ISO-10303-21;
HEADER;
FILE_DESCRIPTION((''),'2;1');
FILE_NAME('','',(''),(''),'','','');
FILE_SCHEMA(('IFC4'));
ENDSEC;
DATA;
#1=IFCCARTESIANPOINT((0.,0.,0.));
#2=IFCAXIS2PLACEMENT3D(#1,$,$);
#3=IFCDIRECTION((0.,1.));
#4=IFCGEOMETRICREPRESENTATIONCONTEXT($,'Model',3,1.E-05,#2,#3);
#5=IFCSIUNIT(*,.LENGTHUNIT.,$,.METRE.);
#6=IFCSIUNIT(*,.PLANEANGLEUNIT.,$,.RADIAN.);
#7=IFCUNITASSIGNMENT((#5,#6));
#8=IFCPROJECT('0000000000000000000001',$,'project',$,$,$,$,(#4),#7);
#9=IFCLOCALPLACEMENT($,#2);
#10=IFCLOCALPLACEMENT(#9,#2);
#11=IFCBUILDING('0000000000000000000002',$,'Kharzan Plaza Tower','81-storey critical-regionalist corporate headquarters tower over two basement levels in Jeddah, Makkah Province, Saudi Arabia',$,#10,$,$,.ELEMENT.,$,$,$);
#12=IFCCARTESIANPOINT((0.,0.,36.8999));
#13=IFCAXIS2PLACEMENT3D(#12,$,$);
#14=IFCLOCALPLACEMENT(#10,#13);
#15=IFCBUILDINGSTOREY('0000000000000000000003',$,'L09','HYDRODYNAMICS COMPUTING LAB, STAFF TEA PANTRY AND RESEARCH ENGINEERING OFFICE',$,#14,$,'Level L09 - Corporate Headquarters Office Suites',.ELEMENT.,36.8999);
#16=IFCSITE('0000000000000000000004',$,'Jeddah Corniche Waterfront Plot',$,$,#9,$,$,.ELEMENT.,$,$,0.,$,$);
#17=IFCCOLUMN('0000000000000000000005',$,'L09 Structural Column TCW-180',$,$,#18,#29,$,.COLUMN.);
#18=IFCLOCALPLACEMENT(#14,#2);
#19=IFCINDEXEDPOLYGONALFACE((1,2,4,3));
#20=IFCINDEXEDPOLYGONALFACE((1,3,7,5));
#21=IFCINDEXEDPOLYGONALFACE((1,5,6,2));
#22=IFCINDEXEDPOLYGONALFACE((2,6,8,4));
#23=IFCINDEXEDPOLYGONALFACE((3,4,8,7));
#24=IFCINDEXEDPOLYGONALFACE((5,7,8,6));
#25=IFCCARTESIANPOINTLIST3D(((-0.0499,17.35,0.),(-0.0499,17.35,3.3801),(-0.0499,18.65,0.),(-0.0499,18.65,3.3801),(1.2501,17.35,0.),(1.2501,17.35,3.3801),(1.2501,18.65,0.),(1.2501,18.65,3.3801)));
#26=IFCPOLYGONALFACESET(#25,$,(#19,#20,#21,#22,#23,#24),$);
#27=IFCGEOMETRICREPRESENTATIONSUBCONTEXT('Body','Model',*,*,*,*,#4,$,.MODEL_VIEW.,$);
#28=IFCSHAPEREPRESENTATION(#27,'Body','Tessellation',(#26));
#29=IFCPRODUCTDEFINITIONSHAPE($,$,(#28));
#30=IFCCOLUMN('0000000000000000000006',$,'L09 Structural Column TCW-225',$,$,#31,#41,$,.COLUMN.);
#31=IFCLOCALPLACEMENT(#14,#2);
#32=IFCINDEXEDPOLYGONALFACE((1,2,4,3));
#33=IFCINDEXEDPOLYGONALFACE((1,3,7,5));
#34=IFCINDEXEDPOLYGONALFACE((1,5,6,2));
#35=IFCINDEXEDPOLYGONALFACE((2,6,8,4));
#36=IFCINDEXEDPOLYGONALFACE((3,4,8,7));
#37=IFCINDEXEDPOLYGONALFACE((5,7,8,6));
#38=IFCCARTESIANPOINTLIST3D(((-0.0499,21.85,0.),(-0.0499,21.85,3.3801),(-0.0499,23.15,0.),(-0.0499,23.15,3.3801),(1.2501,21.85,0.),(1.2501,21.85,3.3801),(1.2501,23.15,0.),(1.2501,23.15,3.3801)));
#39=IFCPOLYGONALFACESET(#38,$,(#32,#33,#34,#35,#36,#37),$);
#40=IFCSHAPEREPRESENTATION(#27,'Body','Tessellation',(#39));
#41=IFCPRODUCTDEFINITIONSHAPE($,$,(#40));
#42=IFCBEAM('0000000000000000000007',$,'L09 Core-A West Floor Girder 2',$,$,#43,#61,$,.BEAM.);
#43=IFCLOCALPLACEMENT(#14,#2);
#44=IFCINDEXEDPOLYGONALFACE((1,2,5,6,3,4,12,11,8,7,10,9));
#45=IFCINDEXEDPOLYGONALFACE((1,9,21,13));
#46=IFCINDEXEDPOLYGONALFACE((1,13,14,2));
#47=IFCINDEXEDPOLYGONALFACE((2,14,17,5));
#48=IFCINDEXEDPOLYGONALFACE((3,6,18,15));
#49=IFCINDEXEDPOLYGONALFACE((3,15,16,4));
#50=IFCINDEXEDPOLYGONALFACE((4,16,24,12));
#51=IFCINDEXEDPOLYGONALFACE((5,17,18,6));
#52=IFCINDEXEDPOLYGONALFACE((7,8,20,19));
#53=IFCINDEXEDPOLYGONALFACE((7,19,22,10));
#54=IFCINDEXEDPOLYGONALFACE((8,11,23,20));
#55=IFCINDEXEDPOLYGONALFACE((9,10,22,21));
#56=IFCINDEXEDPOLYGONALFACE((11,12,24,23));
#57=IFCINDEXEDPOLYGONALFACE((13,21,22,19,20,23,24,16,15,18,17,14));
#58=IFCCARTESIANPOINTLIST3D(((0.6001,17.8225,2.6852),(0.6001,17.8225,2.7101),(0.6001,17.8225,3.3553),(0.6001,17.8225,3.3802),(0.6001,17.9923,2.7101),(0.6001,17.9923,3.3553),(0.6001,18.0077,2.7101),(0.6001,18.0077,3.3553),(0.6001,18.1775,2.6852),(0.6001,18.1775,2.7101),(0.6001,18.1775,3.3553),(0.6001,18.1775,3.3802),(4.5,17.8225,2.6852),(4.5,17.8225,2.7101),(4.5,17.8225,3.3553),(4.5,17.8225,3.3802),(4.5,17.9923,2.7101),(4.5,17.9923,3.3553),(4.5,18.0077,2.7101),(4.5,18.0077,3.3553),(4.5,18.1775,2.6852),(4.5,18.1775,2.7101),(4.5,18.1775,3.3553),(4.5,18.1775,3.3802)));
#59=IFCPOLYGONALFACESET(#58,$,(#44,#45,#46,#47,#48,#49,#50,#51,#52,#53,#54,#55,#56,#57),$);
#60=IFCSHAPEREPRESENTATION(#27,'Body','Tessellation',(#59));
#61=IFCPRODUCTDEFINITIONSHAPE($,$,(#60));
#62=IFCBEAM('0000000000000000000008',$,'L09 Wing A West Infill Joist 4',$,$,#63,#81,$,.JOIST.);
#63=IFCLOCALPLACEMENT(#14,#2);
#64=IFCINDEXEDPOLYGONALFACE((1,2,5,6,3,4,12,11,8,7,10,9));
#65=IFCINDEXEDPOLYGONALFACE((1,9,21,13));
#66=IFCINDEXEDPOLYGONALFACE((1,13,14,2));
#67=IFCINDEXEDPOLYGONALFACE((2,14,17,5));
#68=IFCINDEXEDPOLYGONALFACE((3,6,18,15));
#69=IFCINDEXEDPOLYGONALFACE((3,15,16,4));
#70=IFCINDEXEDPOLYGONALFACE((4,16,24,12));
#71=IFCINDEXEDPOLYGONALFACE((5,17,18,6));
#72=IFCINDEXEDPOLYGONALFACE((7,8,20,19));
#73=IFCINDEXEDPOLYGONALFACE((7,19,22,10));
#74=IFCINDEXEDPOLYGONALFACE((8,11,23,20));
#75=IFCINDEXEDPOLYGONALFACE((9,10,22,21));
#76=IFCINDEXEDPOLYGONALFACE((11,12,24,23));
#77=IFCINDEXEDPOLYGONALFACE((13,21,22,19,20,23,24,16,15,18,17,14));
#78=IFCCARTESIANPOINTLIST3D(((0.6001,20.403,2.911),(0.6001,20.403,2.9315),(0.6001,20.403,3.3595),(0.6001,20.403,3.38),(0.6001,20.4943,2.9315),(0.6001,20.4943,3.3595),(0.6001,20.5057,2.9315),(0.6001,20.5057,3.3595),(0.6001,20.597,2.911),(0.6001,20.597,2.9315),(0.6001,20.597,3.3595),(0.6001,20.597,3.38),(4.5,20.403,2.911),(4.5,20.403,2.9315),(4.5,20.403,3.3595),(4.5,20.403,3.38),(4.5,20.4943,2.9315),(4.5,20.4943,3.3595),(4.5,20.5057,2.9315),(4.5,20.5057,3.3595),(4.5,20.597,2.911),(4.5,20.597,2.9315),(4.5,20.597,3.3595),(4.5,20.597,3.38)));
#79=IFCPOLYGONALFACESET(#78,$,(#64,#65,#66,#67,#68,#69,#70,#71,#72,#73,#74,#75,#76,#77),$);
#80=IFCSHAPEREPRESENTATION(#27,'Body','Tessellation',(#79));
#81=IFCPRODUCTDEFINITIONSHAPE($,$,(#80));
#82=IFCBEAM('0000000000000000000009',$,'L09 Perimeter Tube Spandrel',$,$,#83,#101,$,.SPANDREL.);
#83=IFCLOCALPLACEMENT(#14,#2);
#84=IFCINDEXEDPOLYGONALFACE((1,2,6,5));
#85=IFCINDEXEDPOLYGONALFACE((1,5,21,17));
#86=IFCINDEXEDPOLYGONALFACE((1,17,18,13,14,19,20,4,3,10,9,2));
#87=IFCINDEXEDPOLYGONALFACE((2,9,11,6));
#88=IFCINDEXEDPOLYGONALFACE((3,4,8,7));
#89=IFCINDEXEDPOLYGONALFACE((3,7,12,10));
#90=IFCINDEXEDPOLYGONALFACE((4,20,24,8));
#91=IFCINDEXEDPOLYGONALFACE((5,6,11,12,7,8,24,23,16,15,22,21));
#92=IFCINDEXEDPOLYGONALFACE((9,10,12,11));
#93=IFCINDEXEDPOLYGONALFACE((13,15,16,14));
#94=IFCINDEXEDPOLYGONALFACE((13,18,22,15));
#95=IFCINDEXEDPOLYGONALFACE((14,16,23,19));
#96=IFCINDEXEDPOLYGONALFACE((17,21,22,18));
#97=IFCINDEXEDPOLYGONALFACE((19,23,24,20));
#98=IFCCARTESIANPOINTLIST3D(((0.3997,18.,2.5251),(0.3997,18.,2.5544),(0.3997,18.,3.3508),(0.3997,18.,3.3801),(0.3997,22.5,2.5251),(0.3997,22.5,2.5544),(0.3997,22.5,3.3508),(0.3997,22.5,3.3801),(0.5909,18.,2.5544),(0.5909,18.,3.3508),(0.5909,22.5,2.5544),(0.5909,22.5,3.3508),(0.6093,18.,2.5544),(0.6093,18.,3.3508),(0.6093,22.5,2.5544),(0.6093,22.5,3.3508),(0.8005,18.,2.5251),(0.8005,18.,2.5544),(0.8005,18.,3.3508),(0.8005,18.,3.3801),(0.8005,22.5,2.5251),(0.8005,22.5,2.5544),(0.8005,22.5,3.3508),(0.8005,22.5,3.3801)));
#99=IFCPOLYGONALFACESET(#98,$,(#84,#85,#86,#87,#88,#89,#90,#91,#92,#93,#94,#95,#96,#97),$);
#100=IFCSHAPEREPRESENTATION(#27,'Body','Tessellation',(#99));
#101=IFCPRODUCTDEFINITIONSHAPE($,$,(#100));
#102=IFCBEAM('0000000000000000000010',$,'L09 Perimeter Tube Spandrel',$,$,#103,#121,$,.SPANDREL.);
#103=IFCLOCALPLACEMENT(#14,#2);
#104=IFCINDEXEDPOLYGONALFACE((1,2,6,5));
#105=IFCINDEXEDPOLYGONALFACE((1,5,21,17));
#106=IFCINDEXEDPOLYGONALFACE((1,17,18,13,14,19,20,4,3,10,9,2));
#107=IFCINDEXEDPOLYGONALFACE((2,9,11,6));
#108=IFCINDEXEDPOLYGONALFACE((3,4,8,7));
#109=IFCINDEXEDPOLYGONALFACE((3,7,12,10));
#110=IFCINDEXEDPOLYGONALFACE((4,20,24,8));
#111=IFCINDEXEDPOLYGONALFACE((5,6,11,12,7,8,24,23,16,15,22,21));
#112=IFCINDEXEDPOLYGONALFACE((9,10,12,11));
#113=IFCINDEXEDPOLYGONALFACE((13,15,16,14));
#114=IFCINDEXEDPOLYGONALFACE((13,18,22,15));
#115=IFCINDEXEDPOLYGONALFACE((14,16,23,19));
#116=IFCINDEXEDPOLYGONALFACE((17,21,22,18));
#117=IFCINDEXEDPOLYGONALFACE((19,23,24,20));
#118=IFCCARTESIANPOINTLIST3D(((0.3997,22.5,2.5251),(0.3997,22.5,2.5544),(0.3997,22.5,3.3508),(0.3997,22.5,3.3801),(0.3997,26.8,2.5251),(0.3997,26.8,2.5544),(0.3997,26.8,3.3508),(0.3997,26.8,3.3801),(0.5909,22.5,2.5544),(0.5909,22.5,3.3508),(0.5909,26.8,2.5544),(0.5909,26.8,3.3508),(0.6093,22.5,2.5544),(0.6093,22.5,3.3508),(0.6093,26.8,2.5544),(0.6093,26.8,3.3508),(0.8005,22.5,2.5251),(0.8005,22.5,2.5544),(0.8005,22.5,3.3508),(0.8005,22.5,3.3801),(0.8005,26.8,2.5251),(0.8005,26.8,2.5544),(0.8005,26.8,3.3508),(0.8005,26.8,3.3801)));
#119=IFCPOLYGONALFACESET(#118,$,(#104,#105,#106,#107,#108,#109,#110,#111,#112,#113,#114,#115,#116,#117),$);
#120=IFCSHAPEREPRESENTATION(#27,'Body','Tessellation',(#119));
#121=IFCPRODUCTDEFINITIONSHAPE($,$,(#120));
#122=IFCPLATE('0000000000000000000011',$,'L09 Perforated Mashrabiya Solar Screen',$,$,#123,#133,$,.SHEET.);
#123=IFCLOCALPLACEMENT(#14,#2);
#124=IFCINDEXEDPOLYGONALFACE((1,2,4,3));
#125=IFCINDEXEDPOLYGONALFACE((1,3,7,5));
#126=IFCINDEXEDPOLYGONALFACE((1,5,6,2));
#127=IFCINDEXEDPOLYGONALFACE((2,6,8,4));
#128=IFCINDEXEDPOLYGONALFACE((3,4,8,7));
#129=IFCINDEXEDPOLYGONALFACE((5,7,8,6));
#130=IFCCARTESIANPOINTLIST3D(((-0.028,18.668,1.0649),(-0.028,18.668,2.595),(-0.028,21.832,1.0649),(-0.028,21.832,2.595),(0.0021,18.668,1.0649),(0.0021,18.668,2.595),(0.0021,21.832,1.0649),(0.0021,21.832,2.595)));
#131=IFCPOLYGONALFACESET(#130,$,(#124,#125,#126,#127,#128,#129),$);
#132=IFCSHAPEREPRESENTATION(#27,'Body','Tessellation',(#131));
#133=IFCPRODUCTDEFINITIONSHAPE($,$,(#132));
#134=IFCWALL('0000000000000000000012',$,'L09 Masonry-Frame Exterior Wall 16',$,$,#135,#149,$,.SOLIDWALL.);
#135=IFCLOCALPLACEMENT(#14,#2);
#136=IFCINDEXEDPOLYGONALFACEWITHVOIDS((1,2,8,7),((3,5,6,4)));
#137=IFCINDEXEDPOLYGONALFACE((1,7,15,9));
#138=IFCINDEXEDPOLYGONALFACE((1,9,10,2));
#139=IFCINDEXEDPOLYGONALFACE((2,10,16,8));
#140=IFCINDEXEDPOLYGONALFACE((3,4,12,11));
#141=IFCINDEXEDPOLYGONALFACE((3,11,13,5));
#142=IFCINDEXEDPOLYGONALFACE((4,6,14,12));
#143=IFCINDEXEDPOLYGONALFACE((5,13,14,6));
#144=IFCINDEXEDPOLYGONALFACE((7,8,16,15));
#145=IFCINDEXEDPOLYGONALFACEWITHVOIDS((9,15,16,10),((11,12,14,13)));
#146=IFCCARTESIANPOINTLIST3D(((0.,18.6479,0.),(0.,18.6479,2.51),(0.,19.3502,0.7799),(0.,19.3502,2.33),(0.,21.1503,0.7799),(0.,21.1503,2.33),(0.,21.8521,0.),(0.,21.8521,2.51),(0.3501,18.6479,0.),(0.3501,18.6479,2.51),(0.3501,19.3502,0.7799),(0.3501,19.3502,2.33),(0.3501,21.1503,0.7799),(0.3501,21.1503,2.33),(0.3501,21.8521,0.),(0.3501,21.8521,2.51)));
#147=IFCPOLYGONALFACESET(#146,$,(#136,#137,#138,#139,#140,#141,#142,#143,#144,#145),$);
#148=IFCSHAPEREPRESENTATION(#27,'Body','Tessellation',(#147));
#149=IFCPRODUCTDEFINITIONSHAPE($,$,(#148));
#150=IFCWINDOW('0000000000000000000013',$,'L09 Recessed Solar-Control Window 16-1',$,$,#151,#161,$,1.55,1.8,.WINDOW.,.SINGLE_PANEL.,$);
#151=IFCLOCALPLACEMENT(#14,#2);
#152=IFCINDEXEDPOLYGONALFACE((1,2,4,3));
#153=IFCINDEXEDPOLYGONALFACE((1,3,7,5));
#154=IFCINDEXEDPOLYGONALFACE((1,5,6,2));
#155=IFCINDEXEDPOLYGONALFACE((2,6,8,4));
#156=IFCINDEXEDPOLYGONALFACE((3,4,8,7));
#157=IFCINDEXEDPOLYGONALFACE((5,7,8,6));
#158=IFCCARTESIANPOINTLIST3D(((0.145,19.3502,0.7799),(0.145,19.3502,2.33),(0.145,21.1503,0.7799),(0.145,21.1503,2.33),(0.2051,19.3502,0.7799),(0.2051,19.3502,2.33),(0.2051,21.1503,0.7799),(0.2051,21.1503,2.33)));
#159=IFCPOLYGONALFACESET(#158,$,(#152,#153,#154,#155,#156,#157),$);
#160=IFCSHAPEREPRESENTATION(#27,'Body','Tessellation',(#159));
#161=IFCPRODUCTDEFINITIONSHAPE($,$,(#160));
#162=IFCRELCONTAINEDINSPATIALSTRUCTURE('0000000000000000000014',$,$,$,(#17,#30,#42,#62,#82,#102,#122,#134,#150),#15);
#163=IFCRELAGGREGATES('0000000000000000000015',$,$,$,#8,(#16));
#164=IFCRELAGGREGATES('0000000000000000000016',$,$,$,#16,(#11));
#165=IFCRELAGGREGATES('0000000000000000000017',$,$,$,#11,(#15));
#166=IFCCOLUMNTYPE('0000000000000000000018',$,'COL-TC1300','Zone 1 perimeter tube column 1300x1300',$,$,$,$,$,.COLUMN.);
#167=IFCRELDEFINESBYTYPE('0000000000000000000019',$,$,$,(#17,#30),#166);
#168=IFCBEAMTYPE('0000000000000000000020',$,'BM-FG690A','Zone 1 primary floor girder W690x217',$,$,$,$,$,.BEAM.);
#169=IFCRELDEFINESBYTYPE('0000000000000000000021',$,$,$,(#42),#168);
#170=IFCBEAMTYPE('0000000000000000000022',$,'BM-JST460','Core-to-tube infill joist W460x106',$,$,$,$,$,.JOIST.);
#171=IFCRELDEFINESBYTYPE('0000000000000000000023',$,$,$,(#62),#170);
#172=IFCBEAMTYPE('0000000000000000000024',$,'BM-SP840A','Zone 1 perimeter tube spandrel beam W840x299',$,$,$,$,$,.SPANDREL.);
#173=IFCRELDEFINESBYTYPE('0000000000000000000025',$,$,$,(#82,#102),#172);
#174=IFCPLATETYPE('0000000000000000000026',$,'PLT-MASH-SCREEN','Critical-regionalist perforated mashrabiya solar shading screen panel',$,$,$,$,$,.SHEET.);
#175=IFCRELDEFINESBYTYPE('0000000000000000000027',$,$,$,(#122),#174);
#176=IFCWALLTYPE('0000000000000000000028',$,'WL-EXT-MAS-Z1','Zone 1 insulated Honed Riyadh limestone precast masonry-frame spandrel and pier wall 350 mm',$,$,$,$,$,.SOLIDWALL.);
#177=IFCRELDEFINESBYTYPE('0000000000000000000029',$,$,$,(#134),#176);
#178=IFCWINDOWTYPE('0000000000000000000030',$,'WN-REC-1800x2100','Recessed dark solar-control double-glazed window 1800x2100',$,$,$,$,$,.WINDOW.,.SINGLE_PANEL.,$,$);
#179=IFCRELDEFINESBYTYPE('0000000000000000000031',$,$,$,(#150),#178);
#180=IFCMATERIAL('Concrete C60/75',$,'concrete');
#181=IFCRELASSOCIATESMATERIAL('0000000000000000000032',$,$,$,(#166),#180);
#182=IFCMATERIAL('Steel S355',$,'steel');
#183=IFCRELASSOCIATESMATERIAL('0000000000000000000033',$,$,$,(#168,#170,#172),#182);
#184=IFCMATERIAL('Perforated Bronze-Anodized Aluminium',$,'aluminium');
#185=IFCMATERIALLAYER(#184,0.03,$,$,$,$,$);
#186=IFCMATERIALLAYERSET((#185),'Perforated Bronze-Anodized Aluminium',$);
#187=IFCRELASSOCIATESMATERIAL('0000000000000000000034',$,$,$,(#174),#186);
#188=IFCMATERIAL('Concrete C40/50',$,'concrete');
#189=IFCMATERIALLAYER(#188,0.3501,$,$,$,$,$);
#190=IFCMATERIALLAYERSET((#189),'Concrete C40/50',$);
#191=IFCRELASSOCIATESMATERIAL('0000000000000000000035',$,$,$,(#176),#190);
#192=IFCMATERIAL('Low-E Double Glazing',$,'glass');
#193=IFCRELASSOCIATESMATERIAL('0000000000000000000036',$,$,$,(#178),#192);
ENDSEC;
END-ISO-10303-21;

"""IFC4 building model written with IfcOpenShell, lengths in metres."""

from ifc_helpers import new_model, si_unit, direction, frame, frame_2d, origin, origin_2d, place, context, subcontext, project, spatial, rectangle, i_section, extrude, source, transform, mapped, material, layer, layer_set, material_profile, profile_set, type_object, element, fill, save


model = new_model("IFC4")

# Units and contexts
model_context = context("Model", 3, precision=1e-05, world=origin(), true_north=direction((0.0, 1.0)))
body_context = subcontext(model_context, "Body", "Model", "MODEL_VIEW")
ifc_project = project(units=[si_unit("LENGTHUNIT", "METRE"), si_unit("PLANEANGLEUNIT", "RADIAN")], contexts=[model_context])

# Site, building, storey
site_placement = place(None, origin())
site = spatial("IfcSite", under=ifc_project, at=site_placement, Name="Jeddah Corniche Waterfront Plot", CompositionType="ELEMENT", RefElevation=0.0)
building_placement = place(site_placement, origin())
building = spatial("IfcBuilding", under=site, at=building_placement, Name="Kharzan Plaza Tower", Description="81-storey critical-regionalist corporate headquarters tower over two basement levels in Jeddah, Makkah Province, Saudi Arabia", CompositionType="ELEMENT")
storey_placement = place(building_placement, frame((0.0, 0.0, 36.8999)))
storey = spatial("IfcBuildingStorey", under=building, at=storey_placement, Name="L09", Description="HYDRODYNAMICS COMPUTING LAB, STAFF TEA PANTRY AND RESEARCH ENGINEERING OFFICE", LongName="Level L09 - Corporate Headquarters Office Suites", CompositionType="ELEMENT", Elevation=36.8999)

# Columns
ifc_material_1 = material(Name="Concrete C60/75", Category="concrete")
ifc_material_profile_1 = material_profile(ifc_material_1, rectangle(XDim=1.3, YDim=1.3, at=origin_2d()), Name="RC-TC1300x1300")
ifc_profile_set_1 = profile_set([ifc_material_profile_1], Name="Concrete C60/75")
column_type = type_object("IfcColumnType", Name="COL-TC1300", Description="Zone 1 perimeter tube column 1300x1300", PredefinedType="COLUMN", material=ifc_profile_set_1)
shared_shape_1 = source(origin(), body_context, "Body", "SweptSolid", [
    extrude(rectangle(XDim=1.3, YDim=1.3, at=origin_2d()), origin(), (0.0, 0.0, 1.0), 3.3801),
])
for number, where, z_axis, x_axis, name in (
    (1, (0.6001, 18.0, 0.0), (0.0, 0.0, 1.0), (1.0, 0.0, 0.0), "L09 Structural Column TCW-180"),
    (2, (0.6001, 22.5, 0.0), (0.0, 0.0, 1.0), (1.0, 0.0, 0.0), "L09 Structural Column TCW-225"),
):
    element("IfcColumn", number, at=place(storey_placement, frame(where, z_axis=z_axis, x_axis=x_axis)), inside=storey, type_object=column_type, Name=name, PredefinedType="COLUMN", context=body_context, shape_type="MappedRepresentation", body=[
        mapped(shared_shape_1, transform((0.0, 0.0, 0.0), x_axis=(1.0, 0.0, 0.0), y_axis=(0.0, 1.0, 0.0), z_axis=(0.0, 0.0, 1.0))),
    ])

# Beams
ifc_material_2 = material(Name="Steel S355", Category="steel")
ifc_material_profile_2 = material_profile(ifc_material_2, i_section(OverallWidth=0.355, OverallDepth=0.6951, WebThickness=0.0154, FlangeThickness=0.0249, at=origin_2d()), Name="W690x217")
ifc_profile_set_2 = profile_set([ifc_material_profile_2], Name="Steel S355")
beam_type_1 = type_object("IfcBeamType", Name="BM-FG690A", Description="Zone 1 primary floor girder W690x217", PredefinedType="BEAM", material=ifc_profile_set_2)
shared_shape_2 = source(origin(), body_context, "Body", "SweptSolid", [
    extrude(i_section(OverallWidth=0.355, OverallDepth=0.6951, WebThickness=0.0154, FlangeThickness=0.0249, at=origin_2d()), origin(), (0.0, 0.0, 1.0), 3.8999),
])
beam_1_placement = place(storey_placement, frame((0.6001, 18.0, 3.0327), z_axis=(1.0, 0.0, 0.0), x_axis=(0.0, 1.0, 0.0)))
element("IfcBeam", 3, at=beam_1_placement, inside=storey, type_object=beam_type_1, Name="L09 Core-A West Floor Girder 2", PredefinedType="BEAM", context=body_context, shape_type="MappedRepresentation", body=[
    mapped(shared_shape_2, transform((0.0, 0.0, 0.0), x_axis=(1.0, 0.0, 0.0), y_axis=(0.0, 1.0, 0.0), z_axis=(0.0, 0.0, 1.0))),
])
ifc_material_profile_3 = material_profile(ifc_material_2, i_section(OverallWidth=0.1941, OverallDepth=0.469, WebThickness=0.0115, FlangeThickness=0.0205, at=origin_2d()), Name="W460x106")
ifc_profile_set_3 = profile_set([ifc_material_profile_3], Name="Steel S355")
beam_type_2 = type_object("IfcBeamType", Name="BM-JST460", Description="Core-to-tube infill joist W460x106", PredefinedType="JOIST", material=ifc_profile_set_3)
shared_shape_3 = source(origin(), body_context, "Body", "SweptSolid", [
    extrude(i_section(OverallWidth=0.1941, OverallDepth=0.469, WebThickness=0.0115, FlangeThickness=0.0205, at=origin_2d()), origin(), (0.0, 0.0, 1.0), 3.8999),
])
beam_2_placement = place(storey_placement, frame((0.6001, 20.5, 3.1455), z_axis=(1.0, 0.0, 0.0), x_axis=(0.0, 1.0, 0.0)))
element("IfcBeam", 4, at=beam_2_placement, inside=storey, type_object=beam_type_2, Name="L09 Wing A West Infill Joist 4", PredefinedType="JOIST", context=body_context, shape_type="MappedRepresentation", body=[
    mapped(shared_shape_3, transform((0.0, 0.0, 0.0), x_axis=(1.0, 0.0, 0.0), y_axis=(0.0, 1.0, 0.0), z_axis=(0.0, 0.0, 1.0))),
])
ifc_material_profile_4 = material_profile(ifc_material_2, i_section(OverallWidth=0.4009, OverallDepth=0.855, WebThickness=0.0183, FlangeThickness=0.0293, at=origin_2d()), Name="W840x299")
ifc_profile_set_4 = profile_set([ifc_material_profile_4], Name="Steel S355")
beam_type_3 = type_object("IfcBeamType", Name="BM-SP840A", Description="Zone 1 perimeter tube spandrel beam W840x299", PredefinedType="SPANDREL", material=ifc_profile_set_4)
shared_shape_4 = source(origin(), body_context, "Body", "SweptSolid", [
    extrude(i_section(OverallWidth=0.4009, OverallDepth=0.855, WebThickness=0.0183, FlangeThickness=0.0293, at=origin_2d()), origin(), (0.0, 0.0, 1.0), 4.5),
])
beam_3_placement = place(storey_placement, frame((0.6001, 18.0, 2.9526), z_axis=(0.0, 1.0, 0.0), x_axis=(-1.0, 0.0, 0.0)))
element("IfcBeam", 5, at=beam_3_placement, inside=storey, type_object=beam_type_3, Name="L09 Perimeter Tube Spandrel", PredefinedType="SPANDREL", context=body_context, shape_type="MappedRepresentation", body=[
    mapped(shared_shape_4, transform((0.0, 0.0, 0.0), x_axis=(1.0, 0.0, 0.0), y_axis=(0.0, 1.0, 0.0), z_axis=(0.0, 0.0, 1.0))),
])
shared_shape_5 = source(origin(), body_context, "Body", "SweptSolid", [
    extrude(i_section(OverallWidth=0.4009, OverallDepth=0.855, WebThickness=0.0183, FlangeThickness=0.0293, at=origin_2d()), origin(), (0.0, 0.0, 1.0), 4.3),
])
beam_4_placement = place(storey_placement, frame((0.6001, 22.5, 2.9526), z_axis=(0.0, 1.0, 0.0), x_axis=(-1.0, 0.0, 0.0)))
element("IfcBeam", 6, at=beam_4_placement, inside=storey, type_object=beam_type_3, Name="L09 Perimeter Tube Spandrel", PredefinedType="SPANDREL", context=body_context, shape_type="MappedRepresentation", body=[
    mapped(shared_shape_5, transform((0.0, 0.0, 0.0), x_axis=(1.0, 0.0, 0.0), y_axis=(0.0, 1.0, 0.0), z_axis=(0.0, 0.0, 1.0))),
])

# Plate
ifc_material_3 = material(Name="Perforated Bronze-Anodized Aluminium", Category="aluminium")
ifc_layer_1 = layer(ifc_material_3, 0.03)
ifc_layer_set_1 = layer_set([ifc_layer_1], Name="Perforated Bronze-Anodized Aluminium")
plate_type = type_object("IfcPlateType", Name="PLT-MASH-SCREEN", Description="Critical-regionalist perforated mashrabiya solar shading screen panel", PredefinedType="SHEET", material=ifc_layer_set_1)
shared_shape_6 = source(origin(), body_context, "Body", "SweptSolid", [
    extrude(rectangle(XDim=3.1641, YDim=0.03, at=origin_2d()), origin(), (0.0, 0.0, 1.0), 1.53),
])
plate_placement = place(storey_placement, frame((-0.0129, 20.25, 1.0649), z_axis=(0.0, 0.0, 1.0), x_axis=(0.0, -1.0, 0.0)))
element("IfcPlate", 7, at=plate_placement, inside=storey, type_object=plate_type, Name="L09 Perforated Mashrabiya Solar Screen", PredefinedType="SHEET", context=body_context, shape_type="MappedRepresentation", body=[
    mapped(shared_shape_6, transform((0.0, 0.0, 0.0), x_axis=(1.0, 0.0, 0.0), y_axis=(0.0, 1.0, 0.0), z_axis=(0.0, 0.0, 1.0))),
])

# Wall, opening, window
ifc_material_4 = material(Name="Concrete C40/50", Category="concrete")
ifc_layer_2 = layer(ifc_material_4, 0.3501)
ifc_layer_set_2 = layer_set([ifc_layer_2], Name="Concrete C40/50")
wall_type_1 = type_object("IfcWallType", Name="WL-EXT-MAS-Z1", Description="Zone 1 insulated Honed Riyadh limestone precast masonry-frame spandrel and pier wall 350 mm", PredefinedType="SOLIDWALL", material=ifc_layer_set_2)
wall_1_placement = place(storey_placement, frame((0.175, 21.8521, 0.0), z_axis=(0.0, 0.0, 1.0), x_axis=(0.0, -1.0, 0.0)))
wall_1 = element("IfcWall", 8, at=wall_1_placement, inside=storey, type_object=wall_type_1, Name="L09 Masonry-Frame Exterior Wall 16", PredefinedType="SOLIDWALL", context=body_context, shape_type="SweptSolid", body=[
    extrude(rectangle(XDim=3.2041, YDim=0.3501, at=frame_2d((1.6021, 0.0))), origin(), (0.0, 0.0, 1.0), 2.51),
])
opening_1_placement = place(wall_1_placement, frame((0.7019, 0.0, 0.78)))
opening_1 = element("IfcOpeningElement", 9, at=opening_1_placement, cuts=wall_1, PredefinedType="OPENING", context=body_context, shape_type="SweptSolid", body=[
    extrude(rectangle(XDim=1.8, YDim=1.55, at=frame_2d((0.8999, 0.7749))), frame((0.0, 0.1851, 0.0), z_axis=(0.0, -1.0, 0.0), x_axis=(1.0, 0.0, 0.0)), (0.0, 0.0, 1.0), 0.3701),
])
ifc_material_5 = material(Name="Low-E Double Glazing", Category="glass")
window_type_1 = type_object("IfcWindowType", Name="WN-REC-1800x2100", Description="Recessed dark solar-control double-glazed window 1800x2100", PartitioningType="SINGLE_PANEL", PredefinedType="WINDOW", material=ifc_material_5)
shared_shape_7 = source(origin(), body_context, "Body", "SweptSolid", [
    extrude(rectangle(XDim=1.8, YDim=1.55, at=frame_2d((0.8999, 0.7749))), frame((0.0, 0.03, 0.0), z_axis=(0.0, -1.0, 0.0), x_axis=(1.0, 0.0, 0.0)), (0.0, 0.0, 1.0), 0.0601),
])
window_1_placement = place(opening_1_placement, origin())
window_1 = element("IfcWindow", 10, at=window_1_placement, inside=storey, type_object=window_type_1, Name="L09 Recessed Solar-Control Window 16-1", OverallHeight=1.55, OverallWidth=1.8, PartitioningType="SINGLE_PANEL", PredefinedType="WINDOW", context=body_context, shape_type="MappedRepresentation", body=[
    mapped(shared_shape_7, transform((0.0, 0.0, 0.0), x_axis=(1.0, 0.0, 0.0), y_axis=(0.0, 1.0, 0.0), z_axis=(0.0, 0.0, 1.0))),
])
fill(opening_1, window_1)

save(model, "model.ifc")
